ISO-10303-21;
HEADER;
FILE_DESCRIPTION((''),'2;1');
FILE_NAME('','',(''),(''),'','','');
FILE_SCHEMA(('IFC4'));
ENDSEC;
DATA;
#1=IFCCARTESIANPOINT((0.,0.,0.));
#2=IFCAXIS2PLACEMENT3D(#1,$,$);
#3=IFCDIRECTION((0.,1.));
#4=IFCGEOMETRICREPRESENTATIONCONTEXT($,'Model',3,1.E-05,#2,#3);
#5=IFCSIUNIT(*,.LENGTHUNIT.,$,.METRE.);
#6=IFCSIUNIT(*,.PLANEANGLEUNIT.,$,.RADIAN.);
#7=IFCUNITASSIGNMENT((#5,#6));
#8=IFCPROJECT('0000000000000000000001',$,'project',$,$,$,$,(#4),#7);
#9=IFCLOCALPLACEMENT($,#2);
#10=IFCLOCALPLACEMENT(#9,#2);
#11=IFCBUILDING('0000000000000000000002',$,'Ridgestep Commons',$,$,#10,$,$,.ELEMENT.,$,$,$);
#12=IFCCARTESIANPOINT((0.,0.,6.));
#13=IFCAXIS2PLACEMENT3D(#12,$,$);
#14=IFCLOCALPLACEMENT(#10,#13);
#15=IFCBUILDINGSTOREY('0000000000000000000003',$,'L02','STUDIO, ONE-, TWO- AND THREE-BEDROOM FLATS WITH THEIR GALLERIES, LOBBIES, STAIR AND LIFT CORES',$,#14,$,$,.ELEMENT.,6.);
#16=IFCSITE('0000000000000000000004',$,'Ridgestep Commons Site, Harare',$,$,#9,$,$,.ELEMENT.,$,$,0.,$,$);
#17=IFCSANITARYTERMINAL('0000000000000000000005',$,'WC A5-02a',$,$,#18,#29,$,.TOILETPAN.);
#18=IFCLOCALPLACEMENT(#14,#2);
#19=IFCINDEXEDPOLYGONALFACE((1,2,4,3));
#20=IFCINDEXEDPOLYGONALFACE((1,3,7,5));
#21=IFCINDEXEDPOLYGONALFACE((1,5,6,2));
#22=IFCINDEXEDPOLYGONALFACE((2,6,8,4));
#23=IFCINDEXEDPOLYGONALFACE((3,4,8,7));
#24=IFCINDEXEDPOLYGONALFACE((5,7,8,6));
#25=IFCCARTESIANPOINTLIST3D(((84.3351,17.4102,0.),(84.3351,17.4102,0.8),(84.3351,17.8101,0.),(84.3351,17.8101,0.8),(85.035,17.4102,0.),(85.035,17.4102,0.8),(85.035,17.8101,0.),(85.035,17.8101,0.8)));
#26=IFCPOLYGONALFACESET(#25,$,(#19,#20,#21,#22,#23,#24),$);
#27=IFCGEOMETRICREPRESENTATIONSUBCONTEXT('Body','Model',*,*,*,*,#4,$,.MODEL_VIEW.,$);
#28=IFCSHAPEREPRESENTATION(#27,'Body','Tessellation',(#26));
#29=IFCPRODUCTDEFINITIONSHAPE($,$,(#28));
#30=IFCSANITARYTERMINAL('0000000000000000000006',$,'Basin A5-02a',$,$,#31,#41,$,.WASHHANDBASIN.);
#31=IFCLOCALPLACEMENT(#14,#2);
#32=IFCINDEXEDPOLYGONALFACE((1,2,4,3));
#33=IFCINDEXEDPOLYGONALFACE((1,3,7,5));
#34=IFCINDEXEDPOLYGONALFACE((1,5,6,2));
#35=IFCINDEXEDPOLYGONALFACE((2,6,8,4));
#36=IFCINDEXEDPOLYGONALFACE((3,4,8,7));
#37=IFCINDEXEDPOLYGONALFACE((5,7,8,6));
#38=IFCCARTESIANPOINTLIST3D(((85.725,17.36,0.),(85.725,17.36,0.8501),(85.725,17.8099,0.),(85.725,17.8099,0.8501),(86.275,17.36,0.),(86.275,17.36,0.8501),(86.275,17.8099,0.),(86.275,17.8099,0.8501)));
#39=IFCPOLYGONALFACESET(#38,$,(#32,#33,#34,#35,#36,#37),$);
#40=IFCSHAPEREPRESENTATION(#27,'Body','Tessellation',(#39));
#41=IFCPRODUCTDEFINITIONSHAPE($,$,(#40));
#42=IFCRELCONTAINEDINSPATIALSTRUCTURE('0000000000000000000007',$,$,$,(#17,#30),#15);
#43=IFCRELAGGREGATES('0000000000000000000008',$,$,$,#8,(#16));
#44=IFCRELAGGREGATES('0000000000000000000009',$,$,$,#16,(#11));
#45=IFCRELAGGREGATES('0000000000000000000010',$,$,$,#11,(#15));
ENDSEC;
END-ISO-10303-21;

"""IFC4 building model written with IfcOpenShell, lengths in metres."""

from ifc_helpers import new_model, si_unit, direction, frame, origin, origin_2d, place, context, subcontext, project, spatial, rectangle, extrude, element, save


model = new_model("IFC4")

# Units and contexts
model_context = context("Model", 3, precision=1e-05, world=origin(), true_north=direction((0.0, 1.0)))
body_context = subcontext(model_context, "Body", "Model", "MODEL_VIEW")
ifc_project = project(units=[si_unit("LENGTHUNIT", "METRE"), si_unit("PLANEANGLEUNIT", "RADIAN")], contexts=[model_context])

# Site, building, storey
site_placement = place(None, origin())
site = spatial("IfcSite", under=ifc_project, at=site_placement, Name="Ridgestep Commons Site, Harare", CompositionType="ELEMENT", RefElevation=0.0)
building_placement = place(site_placement, origin())
building = spatial("IfcBuilding", under=site, at=building_placement, Name="Ridgestep Commons", CompositionType="ELEMENT")
storey_placement = place(building_placement, frame((0.0, 0.0, 6.0)))
storey = spatial("IfcBuildingStorey", under=building, at=storey_placement, Name="L02", Description="STUDIO, ONE-, TWO- AND THREE-BEDROOM FLATS WITH THEIR GALLERIES, LOBBIES, STAIR AND LIFT CORES", CompositionType="ELEMENT", Elevation=6.0)

# Sanitary terminals
sanitary_terminal_1_placement = place(storey_placement, frame((84.6851, 17.6101, 0.0), z_axis=(0.0, 0.0, 1.0), x_axis=(1.0, 0.0, 0.0)))
element("IfcSanitaryTerminal", 1, at=sanitary_terminal_1_placement, inside=storey, Name="WC A5-02a", PredefinedType="TOILETPAN", context=body_context, shape_type="SweptSolid", body=[
    extrude(rectangle(XDim=0.7, YDim=0.3999, at=origin_2d()), origin(), (0.0, 0.0, 1.0), 0.8),
])
sanitary_terminal_2_placement = place(storey_placement, frame((86.0, 17.585, 0.0), z_axis=(0.0, 0.0, 1.0), x_axis=(1.0, 0.0, 0.0)))
element("IfcSanitaryTerminal", 2, at=sanitary_terminal_2_placement, inside=storey, Name="Basin A5-02a", PredefinedType="WASHHANDBASIN", context=body_context, shape_type="SweptSolid", body=[
    extrude(rectangle(XDim=0.55, YDim=0.45, at=origin_2d()), origin(), (0.0, 0.0, 1.0), 0.8501),
])

save(model, "model.ifc")
